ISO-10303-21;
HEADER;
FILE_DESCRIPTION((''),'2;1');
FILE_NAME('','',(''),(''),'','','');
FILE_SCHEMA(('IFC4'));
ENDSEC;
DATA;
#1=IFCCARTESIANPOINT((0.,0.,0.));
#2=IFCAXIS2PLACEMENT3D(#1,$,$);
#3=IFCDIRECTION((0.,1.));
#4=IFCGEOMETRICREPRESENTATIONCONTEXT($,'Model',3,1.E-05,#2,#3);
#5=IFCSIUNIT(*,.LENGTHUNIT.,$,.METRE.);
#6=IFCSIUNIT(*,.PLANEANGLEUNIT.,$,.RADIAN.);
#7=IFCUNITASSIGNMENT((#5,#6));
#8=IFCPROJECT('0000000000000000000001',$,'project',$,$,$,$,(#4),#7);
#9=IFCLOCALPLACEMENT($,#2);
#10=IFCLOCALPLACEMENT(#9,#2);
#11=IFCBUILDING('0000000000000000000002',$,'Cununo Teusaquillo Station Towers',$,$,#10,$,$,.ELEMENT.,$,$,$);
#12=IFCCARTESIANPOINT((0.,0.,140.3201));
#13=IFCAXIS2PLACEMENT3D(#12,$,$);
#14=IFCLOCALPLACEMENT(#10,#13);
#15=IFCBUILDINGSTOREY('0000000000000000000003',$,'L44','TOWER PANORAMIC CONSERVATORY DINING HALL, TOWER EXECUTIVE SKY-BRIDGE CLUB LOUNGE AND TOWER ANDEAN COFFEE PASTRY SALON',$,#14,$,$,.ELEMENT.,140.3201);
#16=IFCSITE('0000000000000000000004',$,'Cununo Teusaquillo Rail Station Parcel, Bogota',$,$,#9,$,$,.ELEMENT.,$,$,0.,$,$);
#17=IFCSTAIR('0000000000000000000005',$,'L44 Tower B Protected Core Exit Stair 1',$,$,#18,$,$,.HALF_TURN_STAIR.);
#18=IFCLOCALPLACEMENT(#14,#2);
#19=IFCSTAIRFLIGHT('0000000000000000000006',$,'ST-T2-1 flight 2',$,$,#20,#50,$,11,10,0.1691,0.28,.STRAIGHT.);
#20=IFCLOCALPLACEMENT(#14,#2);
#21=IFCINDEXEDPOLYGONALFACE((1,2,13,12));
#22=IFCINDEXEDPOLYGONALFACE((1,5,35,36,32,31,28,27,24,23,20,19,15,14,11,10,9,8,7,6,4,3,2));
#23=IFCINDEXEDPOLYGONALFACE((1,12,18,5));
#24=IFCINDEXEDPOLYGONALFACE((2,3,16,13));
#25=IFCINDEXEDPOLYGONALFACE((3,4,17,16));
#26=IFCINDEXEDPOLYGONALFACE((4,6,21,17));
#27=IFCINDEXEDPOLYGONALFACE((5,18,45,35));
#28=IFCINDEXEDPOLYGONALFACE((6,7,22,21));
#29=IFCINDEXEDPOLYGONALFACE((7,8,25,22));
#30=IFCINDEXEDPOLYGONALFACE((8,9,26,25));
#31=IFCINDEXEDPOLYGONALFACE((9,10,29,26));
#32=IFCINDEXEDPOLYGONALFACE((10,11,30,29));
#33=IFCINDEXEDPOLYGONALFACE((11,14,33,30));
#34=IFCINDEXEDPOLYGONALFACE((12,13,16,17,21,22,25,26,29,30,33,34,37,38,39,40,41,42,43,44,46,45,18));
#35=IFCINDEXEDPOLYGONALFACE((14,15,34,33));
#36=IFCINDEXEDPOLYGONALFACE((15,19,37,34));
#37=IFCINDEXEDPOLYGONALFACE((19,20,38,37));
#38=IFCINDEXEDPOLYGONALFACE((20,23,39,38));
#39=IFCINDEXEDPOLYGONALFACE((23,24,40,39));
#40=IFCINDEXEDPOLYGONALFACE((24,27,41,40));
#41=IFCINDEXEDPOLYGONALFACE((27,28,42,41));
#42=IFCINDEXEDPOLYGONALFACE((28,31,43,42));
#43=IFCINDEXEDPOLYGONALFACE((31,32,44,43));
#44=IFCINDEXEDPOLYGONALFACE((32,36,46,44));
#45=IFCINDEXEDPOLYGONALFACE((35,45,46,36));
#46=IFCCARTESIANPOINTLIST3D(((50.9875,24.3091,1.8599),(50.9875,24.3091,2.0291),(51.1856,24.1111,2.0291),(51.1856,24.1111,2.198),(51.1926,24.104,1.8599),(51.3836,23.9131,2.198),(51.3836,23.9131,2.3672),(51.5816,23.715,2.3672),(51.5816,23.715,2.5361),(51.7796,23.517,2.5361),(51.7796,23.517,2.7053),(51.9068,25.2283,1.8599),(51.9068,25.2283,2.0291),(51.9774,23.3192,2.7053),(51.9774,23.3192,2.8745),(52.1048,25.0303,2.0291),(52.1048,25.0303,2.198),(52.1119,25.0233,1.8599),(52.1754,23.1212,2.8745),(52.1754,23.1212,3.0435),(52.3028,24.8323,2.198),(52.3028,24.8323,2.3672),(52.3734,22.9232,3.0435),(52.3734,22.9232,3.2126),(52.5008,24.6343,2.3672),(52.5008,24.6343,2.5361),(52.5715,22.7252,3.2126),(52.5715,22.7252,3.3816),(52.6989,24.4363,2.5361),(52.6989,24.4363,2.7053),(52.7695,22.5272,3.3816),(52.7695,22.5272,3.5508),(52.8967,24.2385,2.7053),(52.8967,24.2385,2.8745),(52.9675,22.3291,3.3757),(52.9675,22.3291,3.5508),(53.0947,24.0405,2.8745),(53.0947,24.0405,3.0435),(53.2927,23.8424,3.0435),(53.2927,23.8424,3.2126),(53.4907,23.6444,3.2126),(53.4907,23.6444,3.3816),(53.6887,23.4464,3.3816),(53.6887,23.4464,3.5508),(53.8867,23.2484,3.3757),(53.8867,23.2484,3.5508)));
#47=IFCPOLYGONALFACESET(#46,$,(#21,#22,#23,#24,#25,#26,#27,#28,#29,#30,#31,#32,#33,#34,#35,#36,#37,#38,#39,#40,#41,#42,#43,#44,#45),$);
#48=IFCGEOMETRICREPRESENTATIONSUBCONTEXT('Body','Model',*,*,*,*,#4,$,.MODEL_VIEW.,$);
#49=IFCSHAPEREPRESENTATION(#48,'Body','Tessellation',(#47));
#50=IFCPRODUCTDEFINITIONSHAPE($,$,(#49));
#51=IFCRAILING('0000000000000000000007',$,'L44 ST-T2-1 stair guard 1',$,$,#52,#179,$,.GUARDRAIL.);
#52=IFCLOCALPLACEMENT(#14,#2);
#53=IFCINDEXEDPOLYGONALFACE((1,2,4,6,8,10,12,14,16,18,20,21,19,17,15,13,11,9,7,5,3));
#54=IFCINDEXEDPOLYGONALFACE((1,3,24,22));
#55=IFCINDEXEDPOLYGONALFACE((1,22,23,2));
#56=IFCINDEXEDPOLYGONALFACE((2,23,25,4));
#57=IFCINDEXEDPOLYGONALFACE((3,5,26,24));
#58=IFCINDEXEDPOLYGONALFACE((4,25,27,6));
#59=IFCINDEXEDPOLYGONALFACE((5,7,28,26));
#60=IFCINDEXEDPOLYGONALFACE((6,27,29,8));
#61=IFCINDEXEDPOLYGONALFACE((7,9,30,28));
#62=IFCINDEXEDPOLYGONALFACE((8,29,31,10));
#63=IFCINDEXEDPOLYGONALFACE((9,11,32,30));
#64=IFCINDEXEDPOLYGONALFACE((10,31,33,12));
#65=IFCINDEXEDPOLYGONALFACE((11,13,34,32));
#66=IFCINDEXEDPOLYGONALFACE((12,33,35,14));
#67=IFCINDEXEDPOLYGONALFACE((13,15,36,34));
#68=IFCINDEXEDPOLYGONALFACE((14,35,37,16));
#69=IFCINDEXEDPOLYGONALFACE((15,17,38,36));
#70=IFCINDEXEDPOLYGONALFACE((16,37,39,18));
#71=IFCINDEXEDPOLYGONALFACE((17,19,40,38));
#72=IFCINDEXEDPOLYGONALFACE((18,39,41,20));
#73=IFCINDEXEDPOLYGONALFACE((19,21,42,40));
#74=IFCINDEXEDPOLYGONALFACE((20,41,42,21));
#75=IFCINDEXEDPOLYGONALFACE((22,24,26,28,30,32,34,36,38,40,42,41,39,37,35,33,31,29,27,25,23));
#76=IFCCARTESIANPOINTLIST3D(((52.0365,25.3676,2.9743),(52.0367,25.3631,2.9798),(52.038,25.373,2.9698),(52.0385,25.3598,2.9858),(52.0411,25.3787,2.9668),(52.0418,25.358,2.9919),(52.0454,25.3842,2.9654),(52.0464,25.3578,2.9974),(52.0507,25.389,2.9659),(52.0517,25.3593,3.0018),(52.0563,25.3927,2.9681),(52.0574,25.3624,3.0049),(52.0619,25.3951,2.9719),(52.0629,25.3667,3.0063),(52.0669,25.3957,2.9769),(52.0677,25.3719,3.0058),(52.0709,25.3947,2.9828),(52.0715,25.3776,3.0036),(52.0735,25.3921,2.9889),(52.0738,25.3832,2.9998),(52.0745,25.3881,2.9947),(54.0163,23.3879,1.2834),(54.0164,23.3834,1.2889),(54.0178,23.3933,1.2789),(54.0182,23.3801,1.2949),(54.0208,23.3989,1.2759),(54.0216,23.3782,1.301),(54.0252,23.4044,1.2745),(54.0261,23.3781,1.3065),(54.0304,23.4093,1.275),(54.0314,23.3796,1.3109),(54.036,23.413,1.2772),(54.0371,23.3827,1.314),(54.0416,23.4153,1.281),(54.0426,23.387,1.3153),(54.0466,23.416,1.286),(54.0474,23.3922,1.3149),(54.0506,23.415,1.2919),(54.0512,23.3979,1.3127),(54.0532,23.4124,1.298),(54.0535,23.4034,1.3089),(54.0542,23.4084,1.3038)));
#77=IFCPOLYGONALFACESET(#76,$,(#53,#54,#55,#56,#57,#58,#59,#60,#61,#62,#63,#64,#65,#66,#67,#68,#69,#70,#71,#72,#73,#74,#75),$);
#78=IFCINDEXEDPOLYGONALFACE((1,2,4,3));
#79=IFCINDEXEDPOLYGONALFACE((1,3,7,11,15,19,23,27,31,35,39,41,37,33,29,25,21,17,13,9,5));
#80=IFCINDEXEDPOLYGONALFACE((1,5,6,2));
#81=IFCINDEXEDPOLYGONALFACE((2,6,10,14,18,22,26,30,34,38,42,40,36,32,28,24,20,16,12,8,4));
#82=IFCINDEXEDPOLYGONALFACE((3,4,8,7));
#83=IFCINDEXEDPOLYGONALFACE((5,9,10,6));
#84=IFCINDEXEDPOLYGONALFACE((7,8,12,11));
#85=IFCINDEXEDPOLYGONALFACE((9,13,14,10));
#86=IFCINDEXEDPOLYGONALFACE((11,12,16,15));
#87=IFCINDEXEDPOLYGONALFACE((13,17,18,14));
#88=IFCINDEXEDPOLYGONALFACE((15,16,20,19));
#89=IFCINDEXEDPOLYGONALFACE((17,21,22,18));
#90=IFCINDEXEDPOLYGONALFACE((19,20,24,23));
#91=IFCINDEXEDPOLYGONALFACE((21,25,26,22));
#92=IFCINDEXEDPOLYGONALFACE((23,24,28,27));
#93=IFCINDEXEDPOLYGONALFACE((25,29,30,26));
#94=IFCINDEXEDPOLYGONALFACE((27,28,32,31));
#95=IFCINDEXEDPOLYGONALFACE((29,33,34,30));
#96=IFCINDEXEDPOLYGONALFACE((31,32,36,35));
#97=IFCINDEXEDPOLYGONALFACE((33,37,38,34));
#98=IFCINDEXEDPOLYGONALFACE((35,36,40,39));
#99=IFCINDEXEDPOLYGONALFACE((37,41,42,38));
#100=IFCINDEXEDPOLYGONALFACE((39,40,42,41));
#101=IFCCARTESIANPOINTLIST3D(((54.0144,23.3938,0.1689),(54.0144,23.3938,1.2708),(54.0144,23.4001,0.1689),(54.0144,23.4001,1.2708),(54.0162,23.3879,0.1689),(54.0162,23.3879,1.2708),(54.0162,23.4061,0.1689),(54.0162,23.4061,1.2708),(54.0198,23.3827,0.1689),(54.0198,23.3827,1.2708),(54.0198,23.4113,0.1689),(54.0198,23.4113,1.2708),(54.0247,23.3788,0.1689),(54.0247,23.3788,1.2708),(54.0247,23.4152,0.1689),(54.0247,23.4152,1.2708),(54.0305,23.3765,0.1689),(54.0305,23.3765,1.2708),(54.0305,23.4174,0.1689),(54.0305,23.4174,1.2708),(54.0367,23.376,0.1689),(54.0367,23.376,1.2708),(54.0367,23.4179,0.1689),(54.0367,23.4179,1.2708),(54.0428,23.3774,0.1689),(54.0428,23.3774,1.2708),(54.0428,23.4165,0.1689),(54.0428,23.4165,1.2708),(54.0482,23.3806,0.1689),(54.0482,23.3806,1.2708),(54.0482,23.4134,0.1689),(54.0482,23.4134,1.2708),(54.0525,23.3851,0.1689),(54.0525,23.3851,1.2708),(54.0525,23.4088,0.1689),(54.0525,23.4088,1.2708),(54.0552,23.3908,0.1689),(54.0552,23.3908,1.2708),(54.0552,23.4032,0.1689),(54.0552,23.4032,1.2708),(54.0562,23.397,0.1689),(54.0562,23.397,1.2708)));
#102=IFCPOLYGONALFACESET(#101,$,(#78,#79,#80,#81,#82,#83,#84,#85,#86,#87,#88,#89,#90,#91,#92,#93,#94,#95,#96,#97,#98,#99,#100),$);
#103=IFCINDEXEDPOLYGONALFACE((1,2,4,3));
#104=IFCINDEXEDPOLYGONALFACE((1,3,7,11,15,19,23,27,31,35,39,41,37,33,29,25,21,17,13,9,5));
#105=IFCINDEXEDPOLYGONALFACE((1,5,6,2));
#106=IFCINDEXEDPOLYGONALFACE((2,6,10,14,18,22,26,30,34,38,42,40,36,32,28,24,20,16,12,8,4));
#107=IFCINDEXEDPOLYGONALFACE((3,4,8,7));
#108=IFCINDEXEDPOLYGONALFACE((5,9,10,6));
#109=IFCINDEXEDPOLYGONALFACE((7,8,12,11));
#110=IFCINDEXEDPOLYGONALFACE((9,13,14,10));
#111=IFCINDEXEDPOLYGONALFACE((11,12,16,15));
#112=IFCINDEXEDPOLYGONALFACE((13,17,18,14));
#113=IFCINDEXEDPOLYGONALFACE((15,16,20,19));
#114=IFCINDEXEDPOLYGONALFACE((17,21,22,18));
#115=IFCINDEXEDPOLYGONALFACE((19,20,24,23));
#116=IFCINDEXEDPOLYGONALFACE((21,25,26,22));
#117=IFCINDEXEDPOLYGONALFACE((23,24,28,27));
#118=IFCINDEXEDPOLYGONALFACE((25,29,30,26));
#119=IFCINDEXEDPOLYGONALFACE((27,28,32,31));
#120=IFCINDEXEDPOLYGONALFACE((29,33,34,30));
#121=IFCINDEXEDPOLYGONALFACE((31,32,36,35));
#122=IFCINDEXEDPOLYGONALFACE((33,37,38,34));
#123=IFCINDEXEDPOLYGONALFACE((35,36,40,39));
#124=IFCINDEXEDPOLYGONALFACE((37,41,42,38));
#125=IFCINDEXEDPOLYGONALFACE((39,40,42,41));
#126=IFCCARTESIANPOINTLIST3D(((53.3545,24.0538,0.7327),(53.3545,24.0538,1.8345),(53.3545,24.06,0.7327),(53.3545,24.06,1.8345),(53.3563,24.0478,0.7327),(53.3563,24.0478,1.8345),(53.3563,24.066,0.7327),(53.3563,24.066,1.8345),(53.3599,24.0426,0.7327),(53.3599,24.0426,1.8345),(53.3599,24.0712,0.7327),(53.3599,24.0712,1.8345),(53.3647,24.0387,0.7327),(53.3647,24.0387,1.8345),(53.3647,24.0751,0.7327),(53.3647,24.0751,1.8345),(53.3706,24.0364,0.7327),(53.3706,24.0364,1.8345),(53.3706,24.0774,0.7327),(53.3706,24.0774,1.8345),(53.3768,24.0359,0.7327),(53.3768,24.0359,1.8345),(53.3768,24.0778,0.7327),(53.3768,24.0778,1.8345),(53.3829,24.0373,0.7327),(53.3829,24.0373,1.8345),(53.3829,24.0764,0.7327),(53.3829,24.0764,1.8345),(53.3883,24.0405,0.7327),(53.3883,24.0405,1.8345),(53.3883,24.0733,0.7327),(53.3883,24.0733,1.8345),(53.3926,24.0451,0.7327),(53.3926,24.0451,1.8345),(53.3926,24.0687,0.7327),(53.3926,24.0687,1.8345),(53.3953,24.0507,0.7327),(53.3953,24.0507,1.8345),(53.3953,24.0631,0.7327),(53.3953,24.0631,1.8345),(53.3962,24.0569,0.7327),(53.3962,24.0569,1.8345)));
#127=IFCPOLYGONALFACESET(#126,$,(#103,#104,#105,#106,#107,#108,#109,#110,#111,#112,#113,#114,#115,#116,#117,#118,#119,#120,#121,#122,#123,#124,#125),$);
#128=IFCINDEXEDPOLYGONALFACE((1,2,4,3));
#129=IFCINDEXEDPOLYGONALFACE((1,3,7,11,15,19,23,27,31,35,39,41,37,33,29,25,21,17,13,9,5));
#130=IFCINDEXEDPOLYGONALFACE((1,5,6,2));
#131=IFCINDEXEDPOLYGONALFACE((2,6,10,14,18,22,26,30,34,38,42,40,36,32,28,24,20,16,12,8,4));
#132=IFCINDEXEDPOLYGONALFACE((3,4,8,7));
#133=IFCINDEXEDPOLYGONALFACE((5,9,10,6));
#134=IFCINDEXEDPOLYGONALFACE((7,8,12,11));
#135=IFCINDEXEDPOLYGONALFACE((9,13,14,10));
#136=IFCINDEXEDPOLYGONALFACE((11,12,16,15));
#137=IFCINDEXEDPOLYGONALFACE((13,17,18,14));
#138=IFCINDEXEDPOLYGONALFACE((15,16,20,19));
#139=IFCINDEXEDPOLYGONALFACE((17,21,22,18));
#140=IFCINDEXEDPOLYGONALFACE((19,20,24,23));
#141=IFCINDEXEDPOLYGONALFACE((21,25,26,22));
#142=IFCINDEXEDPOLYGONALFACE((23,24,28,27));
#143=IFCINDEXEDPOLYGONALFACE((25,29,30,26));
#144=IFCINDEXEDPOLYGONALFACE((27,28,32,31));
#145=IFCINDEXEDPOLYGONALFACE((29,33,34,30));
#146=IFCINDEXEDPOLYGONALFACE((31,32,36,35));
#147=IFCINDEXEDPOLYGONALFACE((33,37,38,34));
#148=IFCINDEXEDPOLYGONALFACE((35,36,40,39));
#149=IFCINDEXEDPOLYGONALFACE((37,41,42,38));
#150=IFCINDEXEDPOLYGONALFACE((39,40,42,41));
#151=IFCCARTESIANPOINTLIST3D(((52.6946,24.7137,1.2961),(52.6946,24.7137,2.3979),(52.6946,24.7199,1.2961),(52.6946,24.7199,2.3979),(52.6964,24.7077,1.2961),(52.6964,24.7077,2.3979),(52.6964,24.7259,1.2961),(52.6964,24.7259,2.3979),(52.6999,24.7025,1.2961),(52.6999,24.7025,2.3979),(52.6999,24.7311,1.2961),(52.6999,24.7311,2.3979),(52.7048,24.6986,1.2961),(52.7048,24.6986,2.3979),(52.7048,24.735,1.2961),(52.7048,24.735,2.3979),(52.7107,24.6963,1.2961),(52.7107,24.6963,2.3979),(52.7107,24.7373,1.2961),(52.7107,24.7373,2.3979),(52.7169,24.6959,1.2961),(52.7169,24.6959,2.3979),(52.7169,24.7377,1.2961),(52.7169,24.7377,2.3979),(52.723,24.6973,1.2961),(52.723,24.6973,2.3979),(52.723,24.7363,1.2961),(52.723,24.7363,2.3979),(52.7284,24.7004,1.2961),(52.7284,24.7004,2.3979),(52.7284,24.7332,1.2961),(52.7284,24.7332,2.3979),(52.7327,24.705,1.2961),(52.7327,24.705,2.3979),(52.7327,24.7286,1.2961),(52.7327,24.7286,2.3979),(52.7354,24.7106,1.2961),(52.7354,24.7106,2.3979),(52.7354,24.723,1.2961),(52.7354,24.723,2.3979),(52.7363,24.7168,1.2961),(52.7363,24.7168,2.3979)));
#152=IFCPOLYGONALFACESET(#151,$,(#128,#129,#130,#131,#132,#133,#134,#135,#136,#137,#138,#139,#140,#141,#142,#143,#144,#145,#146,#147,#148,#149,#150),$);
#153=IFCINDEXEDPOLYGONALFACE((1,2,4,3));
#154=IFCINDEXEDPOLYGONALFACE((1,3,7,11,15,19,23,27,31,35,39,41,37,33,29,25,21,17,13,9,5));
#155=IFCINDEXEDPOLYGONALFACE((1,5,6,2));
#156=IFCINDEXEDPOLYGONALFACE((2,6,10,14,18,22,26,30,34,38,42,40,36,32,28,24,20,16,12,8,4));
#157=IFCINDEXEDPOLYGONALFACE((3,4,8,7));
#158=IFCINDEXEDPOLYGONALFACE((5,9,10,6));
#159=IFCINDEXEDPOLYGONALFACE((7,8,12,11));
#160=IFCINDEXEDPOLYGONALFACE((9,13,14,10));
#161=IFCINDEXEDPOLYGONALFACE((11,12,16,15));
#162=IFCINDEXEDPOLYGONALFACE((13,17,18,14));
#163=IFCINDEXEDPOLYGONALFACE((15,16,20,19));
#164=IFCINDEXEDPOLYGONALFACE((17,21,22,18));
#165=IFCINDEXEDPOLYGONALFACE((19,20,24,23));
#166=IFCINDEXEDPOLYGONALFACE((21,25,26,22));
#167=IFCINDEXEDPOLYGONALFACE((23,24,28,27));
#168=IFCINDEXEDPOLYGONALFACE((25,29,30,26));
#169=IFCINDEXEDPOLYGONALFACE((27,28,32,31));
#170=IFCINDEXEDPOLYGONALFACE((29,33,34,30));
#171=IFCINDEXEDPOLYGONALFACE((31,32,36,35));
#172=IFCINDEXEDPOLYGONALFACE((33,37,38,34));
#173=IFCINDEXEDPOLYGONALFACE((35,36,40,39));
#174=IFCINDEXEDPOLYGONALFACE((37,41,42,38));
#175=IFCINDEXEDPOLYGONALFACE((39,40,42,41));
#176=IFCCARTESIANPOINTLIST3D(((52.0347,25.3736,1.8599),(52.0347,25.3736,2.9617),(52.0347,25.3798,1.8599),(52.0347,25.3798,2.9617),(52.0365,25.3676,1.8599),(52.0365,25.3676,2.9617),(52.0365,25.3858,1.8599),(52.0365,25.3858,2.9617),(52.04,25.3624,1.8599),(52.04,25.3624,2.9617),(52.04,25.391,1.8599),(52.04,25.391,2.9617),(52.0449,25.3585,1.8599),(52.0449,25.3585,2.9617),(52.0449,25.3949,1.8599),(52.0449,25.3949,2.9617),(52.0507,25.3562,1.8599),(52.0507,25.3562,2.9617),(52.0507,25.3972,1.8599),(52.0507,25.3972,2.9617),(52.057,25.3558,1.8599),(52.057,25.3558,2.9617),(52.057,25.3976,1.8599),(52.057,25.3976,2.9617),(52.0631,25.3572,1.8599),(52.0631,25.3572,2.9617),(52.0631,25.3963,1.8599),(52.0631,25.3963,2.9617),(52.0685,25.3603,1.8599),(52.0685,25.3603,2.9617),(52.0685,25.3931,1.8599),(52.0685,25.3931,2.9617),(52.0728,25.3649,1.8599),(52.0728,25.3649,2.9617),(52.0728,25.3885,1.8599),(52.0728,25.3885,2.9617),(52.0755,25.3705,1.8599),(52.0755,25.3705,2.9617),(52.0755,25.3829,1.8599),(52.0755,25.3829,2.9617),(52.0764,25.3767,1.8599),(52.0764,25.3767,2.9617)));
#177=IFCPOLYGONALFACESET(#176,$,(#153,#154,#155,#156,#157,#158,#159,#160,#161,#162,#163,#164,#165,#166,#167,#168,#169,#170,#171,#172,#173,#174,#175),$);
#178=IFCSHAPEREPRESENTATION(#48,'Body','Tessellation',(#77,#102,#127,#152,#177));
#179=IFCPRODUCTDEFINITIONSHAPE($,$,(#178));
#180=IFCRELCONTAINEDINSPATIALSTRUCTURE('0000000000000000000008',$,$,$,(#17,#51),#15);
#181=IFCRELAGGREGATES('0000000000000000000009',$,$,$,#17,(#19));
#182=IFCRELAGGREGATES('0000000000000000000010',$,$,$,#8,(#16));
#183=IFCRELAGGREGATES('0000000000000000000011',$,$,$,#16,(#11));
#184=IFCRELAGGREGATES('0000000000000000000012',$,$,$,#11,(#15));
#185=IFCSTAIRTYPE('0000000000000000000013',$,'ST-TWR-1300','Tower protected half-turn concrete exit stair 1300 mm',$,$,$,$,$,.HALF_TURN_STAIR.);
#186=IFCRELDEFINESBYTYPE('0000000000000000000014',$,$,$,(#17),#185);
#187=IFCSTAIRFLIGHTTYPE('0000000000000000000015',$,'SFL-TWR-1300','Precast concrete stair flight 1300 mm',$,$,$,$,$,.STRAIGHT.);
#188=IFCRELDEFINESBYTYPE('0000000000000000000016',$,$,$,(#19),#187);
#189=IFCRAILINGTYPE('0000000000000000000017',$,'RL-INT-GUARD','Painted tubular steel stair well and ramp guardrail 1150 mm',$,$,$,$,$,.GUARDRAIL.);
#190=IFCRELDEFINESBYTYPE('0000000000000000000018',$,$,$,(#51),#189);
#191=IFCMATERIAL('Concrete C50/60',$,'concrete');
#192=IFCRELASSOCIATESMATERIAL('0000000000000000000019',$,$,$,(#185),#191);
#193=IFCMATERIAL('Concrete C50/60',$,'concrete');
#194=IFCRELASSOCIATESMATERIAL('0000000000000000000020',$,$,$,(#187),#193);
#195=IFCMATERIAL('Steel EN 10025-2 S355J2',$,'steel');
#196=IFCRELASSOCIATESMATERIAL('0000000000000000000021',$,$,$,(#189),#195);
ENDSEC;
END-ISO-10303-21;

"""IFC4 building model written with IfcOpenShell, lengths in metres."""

from ifc_helpers import new_model, si_unit, direction, frame, origin, origin_2d, place, context, subcontext, project, spatial, polyline, circle, outline, extrude, material, type_object, element, aggregate, save


model = new_model("IFC4")

# Units and contexts
model_context = context("Model", 3, precision=1e-05, world=origin(), true_north=direction((0.0, 1.0)))
body_context = subcontext(model_context, "Body", "Model", "MODEL_VIEW")
ifc_project = project(units=[si_unit("LENGTHUNIT", "METRE"), si_unit("PLANEANGLEUNIT", "RADIAN")], contexts=[model_context])

# Site, building, storey
site_placement = place(None, origin())
site = spatial("IfcSite", under=ifc_project, at=site_placement, Name="Cununo Teusaquillo Rail Station Parcel, Bogota", CompositionType="ELEMENT", RefElevation=0.0)
building_placement = place(site_placement, origin())
building = spatial("IfcBuilding", under=site, at=building_placement, Name="Cununo Teusaquillo Station Towers", CompositionType="ELEMENT")
storey_placement = place(building_placement, frame((0.0, 0.0, 140.3201)))
storey = spatial("IfcBuildingStorey", under=building, at=storey_placement, Name="L44", Description="TOWER PANORAMIC CONSERVATORY DINING HALL, TOWER EXECUTIVE SKY-BRIDGE CLUB LOUNGE AND TOWER ANDEAN COFFEE PASTRY SALON", CompositionType="ELEMENT", Elevation=140.3201)

# Stair, stair flight
ifc_material_1 = material(Name="Concrete C50/60", Category="concrete")
stair_type = type_object("IfcStairType", Name="ST-TWR-1300", Description="Tower protected half-turn concrete exit stair 1300 mm", PredefinedType="HALF_TURN_STAIR", material=ifc_material_1)
stair_placement = place(storey_placement, origin())
stair = element("IfcStair", 1, at=stair_placement, inside=storey, type_object=stair_type, Name="L44 Tower B Protected Core Exit Stair 1", PredefinedType="HALF_TURN_STAIR")
ifc_material_2 = material(Name="Concrete C50/60", Category="concrete")
stair_flight_type = type_object("IfcStairFlightType", Name="SFL-TWR-1300", Description="Precast concrete stair flight 1300 mm", PredefinedType="STRAIGHT", material=ifc_material_2)
stair_flight_1_placement = place(storey_placement, frame((51.4473, 24.7688, 1.8599), z_axis=(0.0, 0.0, 1.0), x_axis=(0.707107, -0.707107, 0.0)))
stair_flight_1 = element("IfcStairFlight", 2, at=stair_flight_1_placement, type_object=stair_flight_type, Name="ST-T2-1 flight 2", NumberOfRisers=11, NumberOfTreads=10, PredefinedType="STRAIGHT", RiserHeight=0.1691, TreadLength=0.28, context=body_context, shape_type="SweptSolid", body=[
    extrude(outline(polyline([(0.0, 0.0), (0.0, 0.1692), (0.28, 0.1692), (0.28, 0.3381), (0.5601, 0.3381), (0.5601, 0.5073), (0.8401, 0.5073), (0.8401, 0.6763), (1.1201, 0.6763), (1.1201, 0.8455), (1.3999, 0.8455), (1.3999, 1.0146), (1.6799, 1.0146), (1.6799, 1.1836), (1.96, 1.1836), (1.96, 1.3528), (2.24, 1.3528), (2.24, 1.5217), (2.52, 1.5217), (2.52, 1.6909), (2.8, 1.6909), (2.8, 1.8601), (2.8, 1.5159), (0.29, 0.0), (0.0, 0.0)])), frame((0.0, 0.6499, 0.0), z_axis=(0.0, -1.0, 0.0), x_axis=(1.0, 0.0, 0.0)), (0.0, 0.0, 1.0), 1.3),
])
aggregate(stair, [stair_flight_1])

# Railing
ifc_material_3 = material(Name="Steel EN 10025-2 S355J2", Category="steel")
railing_type_1 = type_object("IfcRailingType", Name="RL-INT-GUARD", Description="Painted tubular steel stair well and ramp guardrail 1150 mm", PredefinedType="GUARDRAIL", material=ifc_material_3)
railing_1_placement = place(storey_placement, frame((54.0352, 23.397, 0.1689)))
element("IfcRailing", 3, at=railing_1_placement, inside=storey, type_object=railing_type_1, Name="L44 ST-T2-1 stair guard 1", PredefinedType="GUARDRAIL", context=body_context, shape_type="SweptSolid", body=[
    extrude(circle(Radius=0.0239, at=origin_2d()), frame((0.0, 0.0, 1.126), z_axis=(-0.605282, 0.605282, 0.516979), x_axis=(-0.707107, -0.707107, 0.0)), (0.0, 0.0, 1.0), 3.2708),
    extrude(circle(Radius=0.021, at=origin_2d()), origin(), (0.0, 0.0, 1.0), 1.1018),
    extrude(circle(Radius=0.021, at=origin_2d()), frame((-0.6599, 0.6599, 0.5637)), (0.0, 0.0, 1.0), 1.1018),
    extrude(circle(Radius=0.021, at=origin_2d()), frame((-1.3198, 1.3198, 1.1272)), (0.0, 0.0, 1.0), 1.1018),
    extrude(circle(Radius=0.021, at=origin_2d()), frame((-1.9797, 1.9797, 1.6909)), (0.0, 0.0, 1.0), 1.1018),
])

save(model, "model.ifc")
